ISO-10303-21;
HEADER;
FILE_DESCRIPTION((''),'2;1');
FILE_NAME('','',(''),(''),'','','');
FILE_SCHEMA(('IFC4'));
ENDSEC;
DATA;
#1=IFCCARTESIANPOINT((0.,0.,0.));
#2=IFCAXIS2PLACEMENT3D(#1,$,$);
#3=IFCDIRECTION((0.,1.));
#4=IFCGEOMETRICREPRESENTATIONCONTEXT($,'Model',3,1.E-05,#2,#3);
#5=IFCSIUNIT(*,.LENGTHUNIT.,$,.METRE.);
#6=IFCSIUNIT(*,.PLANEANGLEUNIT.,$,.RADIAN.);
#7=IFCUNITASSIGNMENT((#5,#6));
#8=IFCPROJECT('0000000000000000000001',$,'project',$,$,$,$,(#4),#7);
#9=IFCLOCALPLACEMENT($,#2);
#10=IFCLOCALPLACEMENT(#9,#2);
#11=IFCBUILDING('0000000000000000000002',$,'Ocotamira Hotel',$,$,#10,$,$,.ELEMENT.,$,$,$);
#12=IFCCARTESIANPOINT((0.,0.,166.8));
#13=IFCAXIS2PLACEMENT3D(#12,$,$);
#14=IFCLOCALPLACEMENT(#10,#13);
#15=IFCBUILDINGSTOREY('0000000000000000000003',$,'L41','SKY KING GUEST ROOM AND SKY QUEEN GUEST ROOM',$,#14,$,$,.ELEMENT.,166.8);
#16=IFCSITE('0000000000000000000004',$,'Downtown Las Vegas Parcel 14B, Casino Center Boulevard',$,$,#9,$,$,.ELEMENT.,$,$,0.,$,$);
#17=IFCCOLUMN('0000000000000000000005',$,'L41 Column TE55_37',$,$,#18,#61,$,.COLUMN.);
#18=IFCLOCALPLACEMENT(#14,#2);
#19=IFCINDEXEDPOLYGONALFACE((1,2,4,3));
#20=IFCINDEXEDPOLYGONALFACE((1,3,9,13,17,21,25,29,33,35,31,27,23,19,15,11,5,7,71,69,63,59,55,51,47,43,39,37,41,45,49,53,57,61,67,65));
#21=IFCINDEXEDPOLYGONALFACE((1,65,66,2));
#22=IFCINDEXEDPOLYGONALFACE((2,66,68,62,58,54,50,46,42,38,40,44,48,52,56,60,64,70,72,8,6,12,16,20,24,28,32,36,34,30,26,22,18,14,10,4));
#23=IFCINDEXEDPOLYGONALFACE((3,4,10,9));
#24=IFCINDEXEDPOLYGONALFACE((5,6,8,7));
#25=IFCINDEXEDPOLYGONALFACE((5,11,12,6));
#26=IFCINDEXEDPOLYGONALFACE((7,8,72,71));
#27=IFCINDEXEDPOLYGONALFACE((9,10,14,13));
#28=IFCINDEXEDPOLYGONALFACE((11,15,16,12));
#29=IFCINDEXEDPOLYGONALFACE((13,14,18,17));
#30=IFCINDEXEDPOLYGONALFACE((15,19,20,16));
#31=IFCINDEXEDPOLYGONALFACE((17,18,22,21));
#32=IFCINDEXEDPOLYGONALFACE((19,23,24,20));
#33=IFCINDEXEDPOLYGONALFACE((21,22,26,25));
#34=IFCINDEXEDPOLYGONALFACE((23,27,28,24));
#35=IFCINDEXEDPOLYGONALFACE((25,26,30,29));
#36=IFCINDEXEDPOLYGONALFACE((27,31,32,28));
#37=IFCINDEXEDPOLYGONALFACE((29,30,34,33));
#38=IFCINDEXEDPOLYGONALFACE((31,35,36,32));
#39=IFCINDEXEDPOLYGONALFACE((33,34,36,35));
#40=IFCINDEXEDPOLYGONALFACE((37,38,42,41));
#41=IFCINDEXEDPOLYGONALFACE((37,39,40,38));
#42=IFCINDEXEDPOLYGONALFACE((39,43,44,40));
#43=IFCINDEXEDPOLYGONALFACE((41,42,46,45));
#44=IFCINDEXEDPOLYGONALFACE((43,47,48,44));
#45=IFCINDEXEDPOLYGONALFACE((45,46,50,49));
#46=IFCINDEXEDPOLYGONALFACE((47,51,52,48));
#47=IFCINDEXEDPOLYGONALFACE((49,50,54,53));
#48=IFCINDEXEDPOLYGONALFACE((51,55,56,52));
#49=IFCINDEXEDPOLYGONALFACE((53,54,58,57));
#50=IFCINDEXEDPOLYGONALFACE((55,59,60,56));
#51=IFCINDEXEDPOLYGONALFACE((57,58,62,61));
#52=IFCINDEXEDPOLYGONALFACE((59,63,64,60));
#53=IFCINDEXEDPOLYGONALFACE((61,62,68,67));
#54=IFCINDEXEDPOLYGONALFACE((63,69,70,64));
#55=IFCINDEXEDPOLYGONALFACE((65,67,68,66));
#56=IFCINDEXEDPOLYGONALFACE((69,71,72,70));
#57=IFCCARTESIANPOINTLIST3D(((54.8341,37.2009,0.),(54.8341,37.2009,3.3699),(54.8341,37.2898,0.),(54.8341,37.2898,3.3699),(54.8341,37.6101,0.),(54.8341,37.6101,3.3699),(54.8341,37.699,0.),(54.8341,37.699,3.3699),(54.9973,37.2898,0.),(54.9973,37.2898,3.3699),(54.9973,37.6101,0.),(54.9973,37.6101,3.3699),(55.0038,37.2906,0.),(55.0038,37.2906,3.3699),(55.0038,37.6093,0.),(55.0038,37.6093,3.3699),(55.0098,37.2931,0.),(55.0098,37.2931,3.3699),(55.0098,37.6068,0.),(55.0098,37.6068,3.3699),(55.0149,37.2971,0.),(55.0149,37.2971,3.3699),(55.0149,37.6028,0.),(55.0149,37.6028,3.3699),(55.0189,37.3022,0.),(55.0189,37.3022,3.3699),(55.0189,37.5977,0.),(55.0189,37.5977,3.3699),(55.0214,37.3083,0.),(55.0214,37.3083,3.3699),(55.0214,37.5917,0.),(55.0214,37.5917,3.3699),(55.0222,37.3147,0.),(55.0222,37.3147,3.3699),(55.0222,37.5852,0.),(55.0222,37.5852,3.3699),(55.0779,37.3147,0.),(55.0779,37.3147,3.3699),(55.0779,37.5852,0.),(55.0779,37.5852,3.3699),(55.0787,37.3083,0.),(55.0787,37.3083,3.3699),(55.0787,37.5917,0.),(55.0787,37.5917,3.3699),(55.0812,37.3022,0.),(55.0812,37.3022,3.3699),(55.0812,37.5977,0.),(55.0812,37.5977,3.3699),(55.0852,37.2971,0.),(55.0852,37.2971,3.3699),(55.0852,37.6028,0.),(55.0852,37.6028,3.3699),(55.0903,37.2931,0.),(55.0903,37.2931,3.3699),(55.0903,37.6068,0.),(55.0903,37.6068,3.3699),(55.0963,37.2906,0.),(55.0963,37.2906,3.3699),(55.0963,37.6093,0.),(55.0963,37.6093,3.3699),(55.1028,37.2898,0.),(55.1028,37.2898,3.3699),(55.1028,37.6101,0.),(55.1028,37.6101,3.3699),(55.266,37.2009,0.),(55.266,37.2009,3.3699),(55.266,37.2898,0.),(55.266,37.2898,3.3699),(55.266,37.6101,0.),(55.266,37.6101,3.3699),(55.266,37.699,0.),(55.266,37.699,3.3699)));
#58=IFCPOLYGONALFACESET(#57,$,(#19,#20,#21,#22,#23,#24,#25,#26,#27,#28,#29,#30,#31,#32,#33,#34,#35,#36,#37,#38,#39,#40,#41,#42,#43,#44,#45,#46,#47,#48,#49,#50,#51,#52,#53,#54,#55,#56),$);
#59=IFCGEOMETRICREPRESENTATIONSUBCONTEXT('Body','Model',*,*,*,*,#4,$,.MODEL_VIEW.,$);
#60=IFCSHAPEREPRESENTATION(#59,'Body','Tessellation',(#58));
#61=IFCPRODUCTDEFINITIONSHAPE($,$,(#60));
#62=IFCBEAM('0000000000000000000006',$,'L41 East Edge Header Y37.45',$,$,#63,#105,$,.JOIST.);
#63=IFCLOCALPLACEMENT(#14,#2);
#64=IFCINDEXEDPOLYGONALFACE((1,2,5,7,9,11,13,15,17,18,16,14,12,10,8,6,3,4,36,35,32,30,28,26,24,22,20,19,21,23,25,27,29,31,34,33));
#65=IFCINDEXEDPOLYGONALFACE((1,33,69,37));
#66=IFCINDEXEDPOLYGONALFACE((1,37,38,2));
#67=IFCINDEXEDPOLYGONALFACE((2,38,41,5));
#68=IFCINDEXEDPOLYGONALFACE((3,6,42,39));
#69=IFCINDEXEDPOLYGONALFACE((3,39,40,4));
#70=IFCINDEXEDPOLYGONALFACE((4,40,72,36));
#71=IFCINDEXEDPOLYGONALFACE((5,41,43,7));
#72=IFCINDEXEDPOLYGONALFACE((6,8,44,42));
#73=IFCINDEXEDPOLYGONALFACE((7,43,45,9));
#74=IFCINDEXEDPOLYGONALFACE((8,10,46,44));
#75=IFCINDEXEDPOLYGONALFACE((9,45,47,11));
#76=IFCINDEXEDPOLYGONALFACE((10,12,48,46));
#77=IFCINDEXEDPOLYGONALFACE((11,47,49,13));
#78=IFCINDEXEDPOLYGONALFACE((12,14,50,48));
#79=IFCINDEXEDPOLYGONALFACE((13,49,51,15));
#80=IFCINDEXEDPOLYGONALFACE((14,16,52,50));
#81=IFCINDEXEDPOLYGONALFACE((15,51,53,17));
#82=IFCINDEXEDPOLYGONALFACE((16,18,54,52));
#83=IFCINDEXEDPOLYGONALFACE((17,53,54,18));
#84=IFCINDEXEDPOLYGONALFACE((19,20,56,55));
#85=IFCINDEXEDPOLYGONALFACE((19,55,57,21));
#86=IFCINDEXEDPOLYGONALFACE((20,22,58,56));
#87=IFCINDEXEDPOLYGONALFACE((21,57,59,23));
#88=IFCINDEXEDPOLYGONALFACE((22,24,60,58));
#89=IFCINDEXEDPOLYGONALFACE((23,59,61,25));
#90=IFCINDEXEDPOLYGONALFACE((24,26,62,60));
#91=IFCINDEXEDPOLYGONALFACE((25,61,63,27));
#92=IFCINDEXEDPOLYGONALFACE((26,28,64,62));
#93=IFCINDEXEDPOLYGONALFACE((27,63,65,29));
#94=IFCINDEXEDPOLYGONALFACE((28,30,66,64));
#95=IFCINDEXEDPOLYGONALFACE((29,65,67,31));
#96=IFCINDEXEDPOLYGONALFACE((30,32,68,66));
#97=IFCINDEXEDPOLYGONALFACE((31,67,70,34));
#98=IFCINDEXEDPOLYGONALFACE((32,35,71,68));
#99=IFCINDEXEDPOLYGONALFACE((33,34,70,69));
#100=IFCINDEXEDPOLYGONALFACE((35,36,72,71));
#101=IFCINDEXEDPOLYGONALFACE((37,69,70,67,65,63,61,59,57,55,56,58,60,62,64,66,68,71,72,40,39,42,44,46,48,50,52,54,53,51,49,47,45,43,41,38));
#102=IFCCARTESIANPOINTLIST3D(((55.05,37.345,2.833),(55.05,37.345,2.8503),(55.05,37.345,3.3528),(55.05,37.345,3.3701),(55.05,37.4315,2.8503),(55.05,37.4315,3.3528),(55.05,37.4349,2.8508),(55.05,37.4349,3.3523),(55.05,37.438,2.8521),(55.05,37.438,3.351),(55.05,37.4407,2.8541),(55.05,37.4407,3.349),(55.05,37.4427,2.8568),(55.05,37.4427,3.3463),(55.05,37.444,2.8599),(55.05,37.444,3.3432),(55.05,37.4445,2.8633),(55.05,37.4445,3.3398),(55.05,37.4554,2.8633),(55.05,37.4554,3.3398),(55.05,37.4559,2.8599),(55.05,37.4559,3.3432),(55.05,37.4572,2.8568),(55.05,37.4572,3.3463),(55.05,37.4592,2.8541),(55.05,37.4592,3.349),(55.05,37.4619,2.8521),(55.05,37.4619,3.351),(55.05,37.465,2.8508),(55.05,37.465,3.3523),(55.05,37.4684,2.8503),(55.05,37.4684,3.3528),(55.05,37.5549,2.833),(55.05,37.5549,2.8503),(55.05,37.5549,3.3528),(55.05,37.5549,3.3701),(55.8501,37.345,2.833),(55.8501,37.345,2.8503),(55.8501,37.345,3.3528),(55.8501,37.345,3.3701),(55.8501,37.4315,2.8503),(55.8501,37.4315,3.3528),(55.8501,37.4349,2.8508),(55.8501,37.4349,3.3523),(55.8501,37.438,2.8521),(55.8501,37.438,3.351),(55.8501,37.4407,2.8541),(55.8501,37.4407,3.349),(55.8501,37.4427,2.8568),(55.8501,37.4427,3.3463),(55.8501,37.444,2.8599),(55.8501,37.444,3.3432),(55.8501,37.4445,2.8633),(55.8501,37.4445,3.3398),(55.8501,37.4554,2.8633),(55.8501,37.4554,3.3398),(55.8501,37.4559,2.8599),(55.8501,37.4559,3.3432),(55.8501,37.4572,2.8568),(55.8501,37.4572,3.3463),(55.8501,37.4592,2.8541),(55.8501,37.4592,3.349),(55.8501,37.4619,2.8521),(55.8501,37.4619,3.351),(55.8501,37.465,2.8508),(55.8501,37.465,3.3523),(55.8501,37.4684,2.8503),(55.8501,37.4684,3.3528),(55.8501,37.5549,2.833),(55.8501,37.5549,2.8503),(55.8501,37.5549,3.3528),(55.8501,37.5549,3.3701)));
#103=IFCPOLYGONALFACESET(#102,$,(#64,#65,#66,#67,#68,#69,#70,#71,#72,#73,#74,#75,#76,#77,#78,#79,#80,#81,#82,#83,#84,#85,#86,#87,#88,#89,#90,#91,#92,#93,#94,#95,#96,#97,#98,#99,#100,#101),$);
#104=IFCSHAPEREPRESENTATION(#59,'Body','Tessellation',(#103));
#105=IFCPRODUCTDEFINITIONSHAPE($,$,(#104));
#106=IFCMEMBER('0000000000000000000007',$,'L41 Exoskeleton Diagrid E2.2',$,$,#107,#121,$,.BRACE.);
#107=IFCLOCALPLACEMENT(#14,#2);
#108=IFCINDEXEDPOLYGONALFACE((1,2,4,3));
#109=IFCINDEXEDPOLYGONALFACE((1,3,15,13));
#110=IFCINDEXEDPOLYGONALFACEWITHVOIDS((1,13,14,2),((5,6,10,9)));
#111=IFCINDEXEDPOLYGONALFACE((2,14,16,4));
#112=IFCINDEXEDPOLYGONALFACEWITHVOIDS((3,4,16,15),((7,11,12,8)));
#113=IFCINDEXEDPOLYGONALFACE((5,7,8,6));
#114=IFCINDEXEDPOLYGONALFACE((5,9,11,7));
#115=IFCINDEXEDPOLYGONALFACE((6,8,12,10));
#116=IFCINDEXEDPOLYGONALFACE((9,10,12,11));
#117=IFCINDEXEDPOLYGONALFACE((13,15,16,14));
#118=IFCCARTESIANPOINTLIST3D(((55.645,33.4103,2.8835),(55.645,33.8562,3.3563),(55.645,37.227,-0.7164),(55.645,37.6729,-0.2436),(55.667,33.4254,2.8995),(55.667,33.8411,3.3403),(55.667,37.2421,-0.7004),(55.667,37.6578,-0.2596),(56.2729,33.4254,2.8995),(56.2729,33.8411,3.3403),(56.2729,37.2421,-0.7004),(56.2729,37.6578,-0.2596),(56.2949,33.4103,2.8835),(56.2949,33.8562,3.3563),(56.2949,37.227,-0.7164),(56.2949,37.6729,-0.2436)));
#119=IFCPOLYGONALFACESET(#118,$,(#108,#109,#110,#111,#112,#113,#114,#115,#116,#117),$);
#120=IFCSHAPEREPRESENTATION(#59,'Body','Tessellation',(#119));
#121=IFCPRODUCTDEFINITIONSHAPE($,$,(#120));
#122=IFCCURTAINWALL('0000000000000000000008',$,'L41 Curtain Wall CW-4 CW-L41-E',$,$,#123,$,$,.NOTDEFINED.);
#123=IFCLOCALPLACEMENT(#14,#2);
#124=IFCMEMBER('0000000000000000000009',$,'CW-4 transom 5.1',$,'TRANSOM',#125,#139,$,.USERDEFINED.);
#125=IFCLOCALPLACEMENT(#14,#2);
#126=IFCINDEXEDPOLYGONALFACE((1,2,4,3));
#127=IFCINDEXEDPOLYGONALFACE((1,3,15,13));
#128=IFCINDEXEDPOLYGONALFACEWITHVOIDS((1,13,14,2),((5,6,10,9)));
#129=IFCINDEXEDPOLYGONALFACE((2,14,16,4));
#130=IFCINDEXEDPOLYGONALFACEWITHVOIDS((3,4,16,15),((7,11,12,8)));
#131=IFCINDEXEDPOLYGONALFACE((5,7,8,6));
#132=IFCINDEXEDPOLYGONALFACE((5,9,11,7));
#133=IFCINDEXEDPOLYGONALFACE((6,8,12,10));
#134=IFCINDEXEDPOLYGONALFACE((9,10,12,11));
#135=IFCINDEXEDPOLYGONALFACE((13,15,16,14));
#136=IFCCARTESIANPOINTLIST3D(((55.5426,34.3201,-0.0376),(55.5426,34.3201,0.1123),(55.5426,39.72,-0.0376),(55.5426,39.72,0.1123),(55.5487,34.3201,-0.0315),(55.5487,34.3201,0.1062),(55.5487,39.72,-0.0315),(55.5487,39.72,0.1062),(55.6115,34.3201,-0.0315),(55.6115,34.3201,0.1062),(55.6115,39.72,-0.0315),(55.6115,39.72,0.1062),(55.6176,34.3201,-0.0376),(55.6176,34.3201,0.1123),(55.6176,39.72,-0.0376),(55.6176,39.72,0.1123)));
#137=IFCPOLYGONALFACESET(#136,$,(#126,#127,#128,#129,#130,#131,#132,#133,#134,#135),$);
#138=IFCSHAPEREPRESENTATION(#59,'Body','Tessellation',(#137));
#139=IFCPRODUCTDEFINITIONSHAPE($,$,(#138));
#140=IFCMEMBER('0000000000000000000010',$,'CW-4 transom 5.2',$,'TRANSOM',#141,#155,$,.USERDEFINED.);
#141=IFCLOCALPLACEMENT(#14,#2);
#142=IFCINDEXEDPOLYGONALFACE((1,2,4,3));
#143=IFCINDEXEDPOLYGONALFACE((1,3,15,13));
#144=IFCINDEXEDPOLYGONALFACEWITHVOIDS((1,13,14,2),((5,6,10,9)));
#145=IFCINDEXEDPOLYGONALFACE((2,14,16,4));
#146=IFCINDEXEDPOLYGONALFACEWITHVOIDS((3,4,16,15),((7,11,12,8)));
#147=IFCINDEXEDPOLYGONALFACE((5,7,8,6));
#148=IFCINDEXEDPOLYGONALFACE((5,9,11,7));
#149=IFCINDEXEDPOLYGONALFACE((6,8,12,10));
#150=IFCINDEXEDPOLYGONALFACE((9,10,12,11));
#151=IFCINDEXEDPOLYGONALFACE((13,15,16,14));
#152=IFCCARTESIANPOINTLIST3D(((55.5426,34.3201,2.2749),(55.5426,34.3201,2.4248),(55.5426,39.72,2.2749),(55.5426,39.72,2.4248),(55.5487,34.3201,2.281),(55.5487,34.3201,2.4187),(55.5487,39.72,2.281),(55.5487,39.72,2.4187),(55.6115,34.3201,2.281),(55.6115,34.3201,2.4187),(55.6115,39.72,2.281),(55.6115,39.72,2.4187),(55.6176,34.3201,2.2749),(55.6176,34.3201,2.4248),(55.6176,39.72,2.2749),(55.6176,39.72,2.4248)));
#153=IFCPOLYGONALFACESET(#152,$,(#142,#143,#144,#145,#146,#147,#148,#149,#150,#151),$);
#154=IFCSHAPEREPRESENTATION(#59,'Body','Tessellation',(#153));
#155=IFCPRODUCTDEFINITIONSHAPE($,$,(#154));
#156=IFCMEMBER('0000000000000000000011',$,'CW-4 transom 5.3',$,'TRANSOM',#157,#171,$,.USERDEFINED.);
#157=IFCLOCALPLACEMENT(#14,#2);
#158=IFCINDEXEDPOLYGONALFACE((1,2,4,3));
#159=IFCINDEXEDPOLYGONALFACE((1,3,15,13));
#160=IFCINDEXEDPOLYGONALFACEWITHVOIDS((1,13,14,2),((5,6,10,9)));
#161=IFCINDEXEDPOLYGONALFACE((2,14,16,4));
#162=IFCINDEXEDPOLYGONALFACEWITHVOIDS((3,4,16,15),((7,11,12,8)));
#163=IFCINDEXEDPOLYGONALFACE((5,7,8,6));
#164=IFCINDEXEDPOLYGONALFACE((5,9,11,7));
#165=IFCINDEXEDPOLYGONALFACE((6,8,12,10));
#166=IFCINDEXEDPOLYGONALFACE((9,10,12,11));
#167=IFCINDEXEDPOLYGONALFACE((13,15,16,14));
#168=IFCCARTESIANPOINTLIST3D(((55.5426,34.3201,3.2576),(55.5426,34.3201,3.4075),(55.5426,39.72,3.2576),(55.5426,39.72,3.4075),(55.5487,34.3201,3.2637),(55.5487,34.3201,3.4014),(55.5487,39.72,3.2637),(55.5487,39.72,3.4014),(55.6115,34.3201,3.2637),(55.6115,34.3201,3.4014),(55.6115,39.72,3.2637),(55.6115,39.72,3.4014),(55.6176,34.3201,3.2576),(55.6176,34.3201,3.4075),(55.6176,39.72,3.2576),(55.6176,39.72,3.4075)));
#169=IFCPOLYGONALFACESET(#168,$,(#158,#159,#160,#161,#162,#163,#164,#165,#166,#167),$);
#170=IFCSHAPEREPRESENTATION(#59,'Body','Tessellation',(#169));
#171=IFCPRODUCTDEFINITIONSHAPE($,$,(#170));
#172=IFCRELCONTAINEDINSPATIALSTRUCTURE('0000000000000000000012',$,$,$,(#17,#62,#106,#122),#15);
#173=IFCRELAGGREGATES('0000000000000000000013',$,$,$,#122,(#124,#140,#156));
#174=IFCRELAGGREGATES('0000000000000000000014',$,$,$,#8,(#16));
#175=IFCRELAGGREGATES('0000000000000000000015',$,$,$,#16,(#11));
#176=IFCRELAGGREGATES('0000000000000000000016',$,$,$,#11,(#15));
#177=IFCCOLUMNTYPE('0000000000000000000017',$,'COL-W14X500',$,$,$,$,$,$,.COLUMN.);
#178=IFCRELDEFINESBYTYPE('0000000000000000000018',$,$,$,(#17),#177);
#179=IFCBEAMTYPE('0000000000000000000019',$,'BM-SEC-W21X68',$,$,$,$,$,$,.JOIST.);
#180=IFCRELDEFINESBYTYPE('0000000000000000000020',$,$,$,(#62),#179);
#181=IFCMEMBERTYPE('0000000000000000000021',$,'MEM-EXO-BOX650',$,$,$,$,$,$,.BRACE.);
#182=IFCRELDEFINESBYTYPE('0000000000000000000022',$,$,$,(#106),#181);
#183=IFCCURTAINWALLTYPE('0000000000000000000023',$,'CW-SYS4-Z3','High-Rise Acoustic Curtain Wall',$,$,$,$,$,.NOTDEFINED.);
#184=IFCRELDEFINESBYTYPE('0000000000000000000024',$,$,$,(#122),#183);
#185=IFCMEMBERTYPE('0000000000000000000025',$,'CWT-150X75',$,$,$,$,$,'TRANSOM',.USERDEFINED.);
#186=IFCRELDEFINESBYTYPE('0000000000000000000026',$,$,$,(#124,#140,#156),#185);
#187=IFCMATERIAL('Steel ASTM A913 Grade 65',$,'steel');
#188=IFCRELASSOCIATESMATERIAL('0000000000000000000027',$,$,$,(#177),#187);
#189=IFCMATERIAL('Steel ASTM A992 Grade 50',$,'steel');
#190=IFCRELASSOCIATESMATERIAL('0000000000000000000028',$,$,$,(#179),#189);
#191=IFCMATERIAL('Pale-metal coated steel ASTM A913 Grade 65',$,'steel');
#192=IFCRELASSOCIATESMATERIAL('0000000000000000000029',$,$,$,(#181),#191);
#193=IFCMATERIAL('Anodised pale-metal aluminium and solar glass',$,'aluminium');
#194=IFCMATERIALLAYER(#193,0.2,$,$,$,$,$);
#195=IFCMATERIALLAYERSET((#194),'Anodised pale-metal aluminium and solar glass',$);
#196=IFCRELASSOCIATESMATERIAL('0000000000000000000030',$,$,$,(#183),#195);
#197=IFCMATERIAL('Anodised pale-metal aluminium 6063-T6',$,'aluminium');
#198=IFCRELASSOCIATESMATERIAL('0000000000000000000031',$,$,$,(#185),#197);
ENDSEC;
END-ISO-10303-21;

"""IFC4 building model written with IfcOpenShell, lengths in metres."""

from ifc_helpers import new_model, si_unit, direction, frame, origin, origin_2d, place, context, subcontext, project, spatial, hollow_rectangle, i_section, extrude, source, transform, mapped, material, layer, layer_set, material_profile, profile_set, type_object, element, aggregate, save


model = new_model("IFC4")

# Units and contexts
model_context = context("Model", 3, precision=1e-05, world=origin(), true_north=direction((0.0, 1.0)))
body_context = subcontext(model_context, "Body", "Model", "MODEL_VIEW")
ifc_project = project(units=[si_unit("LENGTHUNIT", "METRE"), si_unit("PLANEANGLEUNIT", "RADIAN")], contexts=[model_context])

# Site, building, storey
site_placement = place(None, origin())
site = spatial("IfcSite", under=ifc_project, at=site_placement, Name="Downtown Las Vegas Parcel 14B, Casino Center Boulevard", CompositionType="ELEMENT", RefElevation=0.0)
building_placement = place(site_placement, origin())
building = spatial("IfcBuilding", under=site, at=building_placement, Name="Ocotamira Hotel", CompositionType="ELEMENT")
storey_placement = place(building_placement, frame((0.0, 0.0, 166.8)))
storey = spatial("IfcBuildingStorey", under=building, at=storey_placement, Name="L41", Description="SKY KING GUEST ROOM AND SKY QUEEN GUEST ROOM", CompositionType="ELEMENT", Elevation=166.8)

# Column
ifc_material_1 = material(Name="Steel ASTM A913 Grade 65", Category="steel")
ifc_material_profile_1 = material_profile(ifc_material_1, i_section(OverallWidth=0.4319, OverallDepth=0.498, WebThickness=0.0557, FlangeThickness=0.0889, FilletRadius=0.0249, at=origin_2d()), Name="W14X500")
ifc_profile_set_1 = profile_set([ifc_material_profile_1], Name="Steel ASTM A913 Grade 65")
column_type = type_object("IfcColumnType", Name="COL-W14X500", PredefinedType="COLUMN", material=ifc_profile_set_1)
shared_shape_1 = source(origin(), body_context, "Body", "SweptSolid", [
    extrude(i_section(OverallWidth=0.4319, OverallDepth=0.498, WebThickness=0.0557, FlangeThickness=0.0889, FilletRadius=0.0249, at=origin_2d()), origin(), (0.0, 0.0, 1.0), 3.3699),
])
column_placement = place(storey_placement, frame((55.05, 37.45, 0.0), z_axis=(0.0, 0.0, 1.0), x_axis=(1.0, 0.0, 0.0)))
element("IfcColumn", 1, at=column_placement, inside=storey, type_object=column_type, Name="L41 Column TE55_37", PredefinedType="COLUMN", context=body_context, shape_type="MappedRepresentation", body=[
    mapped(shared_shape_1, transform((0.0, 0.0, 0.0), scale=1.0)),
])

# Beam
ifc_material_2 = material(Name="Steel ASTM A992 Grade 50", Category="steel")
ifc_material_profile_2 = material_profile(ifc_material_2, i_section(OverallWidth=0.21, OverallDepth=0.5371, WebThickness=0.011, FlangeThickness=0.0173, FilletRadius=0.0129, at=origin_2d()), Name="W21X68")
ifc_profile_set_2 = profile_set([ifc_material_profile_2], Name="Steel ASTM A992 Grade 50")
beam_type = type_object("IfcBeamType", Name="BM-SEC-W21X68", PredefinedType="JOIST", material=ifc_profile_set_2)
shared_shape_2 = source(origin(), body_context, "Body", "SweptSolid", [
    extrude(i_section(OverallWidth=0.21, OverallDepth=0.5371, WebThickness=0.011, FlangeThickness=0.0173, FilletRadius=0.0129, at=origin_2d()), origin(), (0.0, 0.0, 1.0), 0.8),
])
beam_placement = place(storey_placement, frame((55.05, 37.45, 3.1016), z_axis=(1.0, 0.0, 0.0), x_axis=(0.0, 1.0, 0.0)))
element("IfcBeam", 2, at=beam_placement, inside=storey, type_object=beam_type, Name="L41 East Edge Header Y37.45", PredefinedType="JOIST", context=body_context, shape_type="MappedRepresentation", body=[
    mapped(shared_shape_2, transform((0.0, 0.0, 0.0), scale=1.0)),
])

# Member
ifc_material_3 = material(Name="Pale-metal coated steel ASTM A913 Grade 65", Category="steel")
ifc_material_profile_3 = material_profile(ifc_material_3, hollow_rectangle(XDim=0.6499, YDim=0.6499, WallThickness=0.022, at=origin_2d()), Name="BOX650X650X22")
ifc_profile_set_3 = profile_set([ifc_material_profile_3], Name="Pale-metal coated steel ASTM A913 Grade 65")
member_type_1 = type_object("IfcMemberType", Name="MEM-EXO-BOX650", PredefinedType="BRACE", material=ifc_profile_set_3)
shared_shape_3 = source(origin(), body_context, "Body", "SweptSolid", [
    extrude(hollow_rectangle(XDim=0.6499, YDim=0.6499, WallThickness=0.022, at=origin_2d()), origin(), (0.0, 0.0, 1.0), 5.2466),
])
member_1_placement = place(storey_placement, frame((55.97, 37.45, -0.48), z_axis=(0.0, -0.727466, 0.686144), x_axis=(1.0, 0.0, 0.0)))
element("IfcMember", 3, at=member_1_placement, inside=storey, type_object=member_type_1, Name="L41 Exoskeleton Diagrid E2.2", PredefinedType="BRACE", context=body_context, shape_type="MappedRepresentation", body=[
    mapped(shared_shape_3, transform((0.0, 0.0, 0.0), scale=1.0)),
])

# Curtain wall, members
ifc_material_4 = material(Name="Anodised pale-metal aluminium and solar glass", Category="aluminium")
ifc_layer_1 = layer(ifc_material_4, 0.2)
ifc_layer_set_1 = layer_set([ifc_layer_1], Name="Anodised pale-metal aluminium and solar glass")
curtain_wall_type = type_object("IfcCurtainWallType", Name="CW-SYS4-Z3", Description="High-Rise Acoustic Curtain Wall", PredefinedType="NOTDEFINED", material=ifc_layer_set_1)
curtain_wall_placement = place(storey_placement, origin())
curtain_wall = element("IfcCurtainWall", 4, at=curtain_wall_placement, inside=storey, type_object=curtain_wall_type, Name="L41 Curtain Wall CW-4 CW-L41-E", PredefinedType="NOTDEFINED")
ifc_material_5 = material(Name="Anodised pale-metal aluminium 6063-T6", Category="aluminium")
ifc_material_profile_4 = material_profile(ifc_material_5, hollow_rectangle(XDim=0.075, YDim=0.1499, WallThickness=0.0061, at=origin_2d()), Name="HSS150X75X6")
ifc_profile_set_4 = profile_set([ifc_material_profile_4], Name="Anodised pale-metal aluminium 6063-T6")
member_type_2 = type_object("IfcMemberType", Name="CWT-150X75", ElementType="TRANSOM", PredefinedType="USERDEFINED", material=ifc_profile_set_4)
shared_shape_4 = source(origin(), body_context, "Body", "SweptSolid", [
    extrude(hollow_rectangle(XDim=0.075, YDim=0.1499, WallThickness=0.0061, at=origin_2d()), origin(), (0.0, 0.0, 1.0), 5.3999),
])
member_2_placement = place(storey_placement, frame((55.5801, 34.3201, 0.0374), z_axis=(0.0, 1.0, 0.0), x_axis=(-1.0, 0.0, 0.0)))
member_2 = element("IfcMember", 5, at=member_2_placement, type_object=member_type_2, Name="CW-4 transom 5.1", ObjectType="TRANSOM", PredefinedType="USERDEFINED", context=body_context, shape_type="MappedRepresentation", body=[
    mapped(shared_shape_4, transform((0.0, 0.0, 0.0), scale=1.0)),
])
member_3_placement = place(storey_placement, frame((55.5801, 34.3201, 2.3499), z_axis=(0.0, 1.0, 0.0), x_axis=(-1.0, 0.0, 0.0)))
member_3 = element("IfcMember", 6, at=member_3_placement, type_object=member_type_2, Name="CW-4 transom 5.2", ObjectType="TRANSOM", PredefinedType="USERDEFINED", context=body_context, shape_type="MappedRepresentation", body=[
    mapped(shared_shape_4, transform((0.0, 0.0, 0.0), scale=1.0)),
])
member_4_placement = place(storey_placement, frame((55.5801, 34.3201, 3.3325), z_axis=(0.0, 1.0, 0.0), x_axis=(-1.0, 0.0, 0.0)))
member_4 = element("IfcMember", 7, at=member_4_placement, type_object=member_type_2, Name="CW-4 transom 5.3", ObjectType="TRANSOM", PredefinedType="USERDEFINED", context=body_context, shape_type="MappedRepresentation", body=[
    mapped(shared_shape_4, transform((0.0, 0.0, 0.0), scale=1.0)),
])

aggregate(curtain_wall, [member_2, member_3, member_4])

save(model, "model.ifc")
